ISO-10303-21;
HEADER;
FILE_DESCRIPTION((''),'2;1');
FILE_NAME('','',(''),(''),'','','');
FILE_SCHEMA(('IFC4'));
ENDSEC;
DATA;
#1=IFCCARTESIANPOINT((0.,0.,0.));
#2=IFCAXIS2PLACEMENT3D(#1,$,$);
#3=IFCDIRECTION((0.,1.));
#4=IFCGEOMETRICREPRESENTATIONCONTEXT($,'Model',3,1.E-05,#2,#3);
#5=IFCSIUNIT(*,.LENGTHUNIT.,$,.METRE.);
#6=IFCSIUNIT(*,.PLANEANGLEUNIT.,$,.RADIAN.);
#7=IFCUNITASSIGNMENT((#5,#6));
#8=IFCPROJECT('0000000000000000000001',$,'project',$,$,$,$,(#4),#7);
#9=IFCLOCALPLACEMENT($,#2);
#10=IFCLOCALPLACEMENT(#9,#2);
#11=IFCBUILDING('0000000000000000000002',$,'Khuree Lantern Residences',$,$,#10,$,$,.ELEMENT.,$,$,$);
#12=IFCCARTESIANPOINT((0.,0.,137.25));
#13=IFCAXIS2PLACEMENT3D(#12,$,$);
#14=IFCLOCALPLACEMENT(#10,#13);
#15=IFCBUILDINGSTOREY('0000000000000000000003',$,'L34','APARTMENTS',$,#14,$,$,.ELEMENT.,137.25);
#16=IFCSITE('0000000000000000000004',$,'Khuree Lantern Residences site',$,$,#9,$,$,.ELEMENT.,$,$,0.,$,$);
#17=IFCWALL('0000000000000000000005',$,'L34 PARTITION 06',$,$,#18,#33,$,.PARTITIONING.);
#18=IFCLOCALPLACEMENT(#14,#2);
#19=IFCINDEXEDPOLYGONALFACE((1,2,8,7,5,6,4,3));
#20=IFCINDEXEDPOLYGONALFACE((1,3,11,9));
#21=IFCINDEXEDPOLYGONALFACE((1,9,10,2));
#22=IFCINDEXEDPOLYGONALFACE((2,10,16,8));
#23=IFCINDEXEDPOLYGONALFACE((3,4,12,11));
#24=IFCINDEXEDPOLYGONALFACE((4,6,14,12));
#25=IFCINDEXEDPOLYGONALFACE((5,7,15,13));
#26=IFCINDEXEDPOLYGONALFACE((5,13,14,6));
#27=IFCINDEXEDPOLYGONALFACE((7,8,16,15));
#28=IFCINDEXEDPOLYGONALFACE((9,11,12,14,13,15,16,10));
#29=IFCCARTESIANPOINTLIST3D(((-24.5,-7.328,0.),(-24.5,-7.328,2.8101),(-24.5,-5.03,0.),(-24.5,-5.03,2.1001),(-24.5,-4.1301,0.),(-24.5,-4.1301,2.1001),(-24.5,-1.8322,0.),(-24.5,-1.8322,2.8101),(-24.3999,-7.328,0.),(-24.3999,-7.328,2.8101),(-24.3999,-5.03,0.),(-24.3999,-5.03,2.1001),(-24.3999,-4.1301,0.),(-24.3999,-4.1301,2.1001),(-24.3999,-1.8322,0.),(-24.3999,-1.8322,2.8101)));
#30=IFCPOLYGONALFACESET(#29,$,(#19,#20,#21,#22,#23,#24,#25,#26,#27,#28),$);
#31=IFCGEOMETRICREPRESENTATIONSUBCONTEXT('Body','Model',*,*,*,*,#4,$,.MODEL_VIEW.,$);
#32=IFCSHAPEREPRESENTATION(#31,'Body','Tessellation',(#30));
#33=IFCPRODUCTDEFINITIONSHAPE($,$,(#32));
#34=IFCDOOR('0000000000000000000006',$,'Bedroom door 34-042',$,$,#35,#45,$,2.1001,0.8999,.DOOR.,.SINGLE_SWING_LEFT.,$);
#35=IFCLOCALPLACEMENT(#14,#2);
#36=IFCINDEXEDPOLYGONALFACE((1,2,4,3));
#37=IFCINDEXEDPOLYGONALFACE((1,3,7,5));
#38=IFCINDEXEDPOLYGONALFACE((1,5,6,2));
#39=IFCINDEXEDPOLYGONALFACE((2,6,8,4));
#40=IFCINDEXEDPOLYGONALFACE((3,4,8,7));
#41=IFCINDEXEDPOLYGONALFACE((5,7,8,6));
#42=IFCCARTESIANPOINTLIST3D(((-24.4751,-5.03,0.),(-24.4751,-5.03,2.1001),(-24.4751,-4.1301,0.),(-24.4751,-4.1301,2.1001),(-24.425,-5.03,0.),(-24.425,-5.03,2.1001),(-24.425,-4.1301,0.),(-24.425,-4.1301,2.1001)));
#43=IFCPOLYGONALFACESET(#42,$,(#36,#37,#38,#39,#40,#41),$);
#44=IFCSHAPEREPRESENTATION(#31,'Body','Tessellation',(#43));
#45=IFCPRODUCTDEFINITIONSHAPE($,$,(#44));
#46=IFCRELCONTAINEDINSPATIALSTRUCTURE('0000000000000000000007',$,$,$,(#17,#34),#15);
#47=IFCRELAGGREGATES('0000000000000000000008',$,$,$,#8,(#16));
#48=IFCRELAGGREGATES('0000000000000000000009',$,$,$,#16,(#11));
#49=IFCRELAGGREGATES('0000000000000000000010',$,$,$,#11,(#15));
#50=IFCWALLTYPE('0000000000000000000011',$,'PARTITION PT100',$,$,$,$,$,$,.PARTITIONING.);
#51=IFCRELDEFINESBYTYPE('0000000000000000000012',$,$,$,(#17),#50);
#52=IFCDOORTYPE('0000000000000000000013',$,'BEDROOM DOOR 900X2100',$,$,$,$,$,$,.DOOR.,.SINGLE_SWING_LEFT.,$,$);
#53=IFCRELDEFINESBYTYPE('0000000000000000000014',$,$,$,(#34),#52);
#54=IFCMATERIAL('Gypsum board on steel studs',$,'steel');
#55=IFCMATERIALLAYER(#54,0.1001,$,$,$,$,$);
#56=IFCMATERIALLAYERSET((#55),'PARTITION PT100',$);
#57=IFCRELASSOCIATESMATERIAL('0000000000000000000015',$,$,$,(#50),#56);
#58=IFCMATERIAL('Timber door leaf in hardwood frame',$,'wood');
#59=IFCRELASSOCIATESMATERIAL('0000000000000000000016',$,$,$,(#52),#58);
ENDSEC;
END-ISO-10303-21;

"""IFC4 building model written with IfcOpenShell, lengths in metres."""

from ifc_helpers import new_model, si_unit, direction, frame, frame_2d, origin, place, context, subcontext, project, spatial, rectangle, extrude, material, layer, layer_set, type_object, element, fill, save


model = new_model("IFC4")

# Units and contexts
model_context = context("Model", 3, precision=1e-05, world=origin(), true_north=direction((0.0, 1.0)))
body_context = subcontext(model_context, "Body", "Model", "MODEL_VIEW")
ifc_project = project(units=[si_unit("LENGTHUNIT", "METRE"), si_unit("PLANEANGLEUNIT", "RADIAN")], contexts=[model_context])

# Site, building, storey
site_placement = place(None, origin())
site = spatial("IfcSite", under=ifc_project, at=site_placement, Name="Khuree Lantern Residences site", CompositionType="ELEMENT", RefElevation=0.0)
building_placement = place(site_placement, origin())
building = spatial("IfcBuilding", under=site, at=building_placement, Name="Khuree Lantern Residences", CompositionType="ELEMENT")
storey_placement = place(building_placement, frame((0.0, 0.0, 137.25)))
storey = spatial("IfcBuildingStorey", under=building, at=storey_placement, Name="L34", Description="APARTMENTS", CompositionType="ELEMENT", Elevation=137.25)

# Shared definitions
ifc_material_1 = material(Name="Timber door leaf in hardwood frame", Category="wood")

# Shared definitions
ifc_material_2 = material(Name="Gypsum board on steel studs", Category="steel")
ifc_layer_1 = layer(ifc_material_2, 0.1001)
ifc_layer_set_1 = layer_set([ifc_layer_1], Name="PARTITION PT100")
wall_type_1 = type_object("IfcWallType", Name="PARTITION PT100", PredefinedType="PARTITIONING", material=ifc_layer_set_1)

# Wall, opening, door
wall_1_placement = place(storey_placement, frame((-24.45, -1.832, 0.0), z_axis=(0.0, 0.0, 1.0), x_axis=(0.0, -1.0, 0.0)))
wall_1 = element("IfcWall", 1, at=wall_1_placement, inside=storey, type_object=wall_type_1, Name="L34 PARTITION 06", PredefinedType="PARTITIONING", context=body_context, shape_type="SweptSolid", body=[
    extrude(rectangle(XDim=5.4958, YDim=0.1001, at=frame_2d((2.748, 0.0))), origin(), (0.0, 0.0, 1.0), 2.8101),
])
opening_1_placement = place(wall_1_placement, frame((2.2981, 0.0, 0.0)))
opening_1 = element("IfcOpeningElement", 2, at=opening_1_placement, cuts=wall_1, PredefinedType="OPENING", context=body_context, shape_type="SweptSolid", body=[
    extrude(rectangle(XDim=0.8999, YDim=2.1001, at=frame_2d((0.45, 1.05))), frame((0.0, 0.0601, 0.0), z_axis=(0.0, -1.0, 0.0), x_axis=(1.0, 0.0, 0.0)), (0.0, 0.0, 1.0), 0.1201),
])
door_type_1 = type_object("IfcDoorType", Name="BEDROOM DOOR 900X2100", OperationType="SINGLE_SWING_LEFT", PredefinedType="DOOR", material=ifc_material_1)
door_1_placement = place(opening_1_placement, origin())
door_1 = element("IfcDoor", 3, at=door_1_placement, inside=storey, type_object=door_type_1, Name="Bedroom door 34-042", OperationType="SINGLE_SWING_LEFT", OverallHeight=2.1001, OverallWidth=0.8999, PredefinedType="DOOR", context=body_context, shape_type="SweptSolid", body=[
    extrude(rectangle(XDim=0.8999, YDim=2.1001, at=frame_2d((0.45, 1.05))), frame((0.0, 0.0249, 0.0), z_axis=(0.0, -1.0, 0.0), x_axis=(1.0, 0.0, 0.0)), (0.0, 0.0, 1.0), 0.05),
])
fill(opening_1, door_1)

save(model, "model.ifc")
